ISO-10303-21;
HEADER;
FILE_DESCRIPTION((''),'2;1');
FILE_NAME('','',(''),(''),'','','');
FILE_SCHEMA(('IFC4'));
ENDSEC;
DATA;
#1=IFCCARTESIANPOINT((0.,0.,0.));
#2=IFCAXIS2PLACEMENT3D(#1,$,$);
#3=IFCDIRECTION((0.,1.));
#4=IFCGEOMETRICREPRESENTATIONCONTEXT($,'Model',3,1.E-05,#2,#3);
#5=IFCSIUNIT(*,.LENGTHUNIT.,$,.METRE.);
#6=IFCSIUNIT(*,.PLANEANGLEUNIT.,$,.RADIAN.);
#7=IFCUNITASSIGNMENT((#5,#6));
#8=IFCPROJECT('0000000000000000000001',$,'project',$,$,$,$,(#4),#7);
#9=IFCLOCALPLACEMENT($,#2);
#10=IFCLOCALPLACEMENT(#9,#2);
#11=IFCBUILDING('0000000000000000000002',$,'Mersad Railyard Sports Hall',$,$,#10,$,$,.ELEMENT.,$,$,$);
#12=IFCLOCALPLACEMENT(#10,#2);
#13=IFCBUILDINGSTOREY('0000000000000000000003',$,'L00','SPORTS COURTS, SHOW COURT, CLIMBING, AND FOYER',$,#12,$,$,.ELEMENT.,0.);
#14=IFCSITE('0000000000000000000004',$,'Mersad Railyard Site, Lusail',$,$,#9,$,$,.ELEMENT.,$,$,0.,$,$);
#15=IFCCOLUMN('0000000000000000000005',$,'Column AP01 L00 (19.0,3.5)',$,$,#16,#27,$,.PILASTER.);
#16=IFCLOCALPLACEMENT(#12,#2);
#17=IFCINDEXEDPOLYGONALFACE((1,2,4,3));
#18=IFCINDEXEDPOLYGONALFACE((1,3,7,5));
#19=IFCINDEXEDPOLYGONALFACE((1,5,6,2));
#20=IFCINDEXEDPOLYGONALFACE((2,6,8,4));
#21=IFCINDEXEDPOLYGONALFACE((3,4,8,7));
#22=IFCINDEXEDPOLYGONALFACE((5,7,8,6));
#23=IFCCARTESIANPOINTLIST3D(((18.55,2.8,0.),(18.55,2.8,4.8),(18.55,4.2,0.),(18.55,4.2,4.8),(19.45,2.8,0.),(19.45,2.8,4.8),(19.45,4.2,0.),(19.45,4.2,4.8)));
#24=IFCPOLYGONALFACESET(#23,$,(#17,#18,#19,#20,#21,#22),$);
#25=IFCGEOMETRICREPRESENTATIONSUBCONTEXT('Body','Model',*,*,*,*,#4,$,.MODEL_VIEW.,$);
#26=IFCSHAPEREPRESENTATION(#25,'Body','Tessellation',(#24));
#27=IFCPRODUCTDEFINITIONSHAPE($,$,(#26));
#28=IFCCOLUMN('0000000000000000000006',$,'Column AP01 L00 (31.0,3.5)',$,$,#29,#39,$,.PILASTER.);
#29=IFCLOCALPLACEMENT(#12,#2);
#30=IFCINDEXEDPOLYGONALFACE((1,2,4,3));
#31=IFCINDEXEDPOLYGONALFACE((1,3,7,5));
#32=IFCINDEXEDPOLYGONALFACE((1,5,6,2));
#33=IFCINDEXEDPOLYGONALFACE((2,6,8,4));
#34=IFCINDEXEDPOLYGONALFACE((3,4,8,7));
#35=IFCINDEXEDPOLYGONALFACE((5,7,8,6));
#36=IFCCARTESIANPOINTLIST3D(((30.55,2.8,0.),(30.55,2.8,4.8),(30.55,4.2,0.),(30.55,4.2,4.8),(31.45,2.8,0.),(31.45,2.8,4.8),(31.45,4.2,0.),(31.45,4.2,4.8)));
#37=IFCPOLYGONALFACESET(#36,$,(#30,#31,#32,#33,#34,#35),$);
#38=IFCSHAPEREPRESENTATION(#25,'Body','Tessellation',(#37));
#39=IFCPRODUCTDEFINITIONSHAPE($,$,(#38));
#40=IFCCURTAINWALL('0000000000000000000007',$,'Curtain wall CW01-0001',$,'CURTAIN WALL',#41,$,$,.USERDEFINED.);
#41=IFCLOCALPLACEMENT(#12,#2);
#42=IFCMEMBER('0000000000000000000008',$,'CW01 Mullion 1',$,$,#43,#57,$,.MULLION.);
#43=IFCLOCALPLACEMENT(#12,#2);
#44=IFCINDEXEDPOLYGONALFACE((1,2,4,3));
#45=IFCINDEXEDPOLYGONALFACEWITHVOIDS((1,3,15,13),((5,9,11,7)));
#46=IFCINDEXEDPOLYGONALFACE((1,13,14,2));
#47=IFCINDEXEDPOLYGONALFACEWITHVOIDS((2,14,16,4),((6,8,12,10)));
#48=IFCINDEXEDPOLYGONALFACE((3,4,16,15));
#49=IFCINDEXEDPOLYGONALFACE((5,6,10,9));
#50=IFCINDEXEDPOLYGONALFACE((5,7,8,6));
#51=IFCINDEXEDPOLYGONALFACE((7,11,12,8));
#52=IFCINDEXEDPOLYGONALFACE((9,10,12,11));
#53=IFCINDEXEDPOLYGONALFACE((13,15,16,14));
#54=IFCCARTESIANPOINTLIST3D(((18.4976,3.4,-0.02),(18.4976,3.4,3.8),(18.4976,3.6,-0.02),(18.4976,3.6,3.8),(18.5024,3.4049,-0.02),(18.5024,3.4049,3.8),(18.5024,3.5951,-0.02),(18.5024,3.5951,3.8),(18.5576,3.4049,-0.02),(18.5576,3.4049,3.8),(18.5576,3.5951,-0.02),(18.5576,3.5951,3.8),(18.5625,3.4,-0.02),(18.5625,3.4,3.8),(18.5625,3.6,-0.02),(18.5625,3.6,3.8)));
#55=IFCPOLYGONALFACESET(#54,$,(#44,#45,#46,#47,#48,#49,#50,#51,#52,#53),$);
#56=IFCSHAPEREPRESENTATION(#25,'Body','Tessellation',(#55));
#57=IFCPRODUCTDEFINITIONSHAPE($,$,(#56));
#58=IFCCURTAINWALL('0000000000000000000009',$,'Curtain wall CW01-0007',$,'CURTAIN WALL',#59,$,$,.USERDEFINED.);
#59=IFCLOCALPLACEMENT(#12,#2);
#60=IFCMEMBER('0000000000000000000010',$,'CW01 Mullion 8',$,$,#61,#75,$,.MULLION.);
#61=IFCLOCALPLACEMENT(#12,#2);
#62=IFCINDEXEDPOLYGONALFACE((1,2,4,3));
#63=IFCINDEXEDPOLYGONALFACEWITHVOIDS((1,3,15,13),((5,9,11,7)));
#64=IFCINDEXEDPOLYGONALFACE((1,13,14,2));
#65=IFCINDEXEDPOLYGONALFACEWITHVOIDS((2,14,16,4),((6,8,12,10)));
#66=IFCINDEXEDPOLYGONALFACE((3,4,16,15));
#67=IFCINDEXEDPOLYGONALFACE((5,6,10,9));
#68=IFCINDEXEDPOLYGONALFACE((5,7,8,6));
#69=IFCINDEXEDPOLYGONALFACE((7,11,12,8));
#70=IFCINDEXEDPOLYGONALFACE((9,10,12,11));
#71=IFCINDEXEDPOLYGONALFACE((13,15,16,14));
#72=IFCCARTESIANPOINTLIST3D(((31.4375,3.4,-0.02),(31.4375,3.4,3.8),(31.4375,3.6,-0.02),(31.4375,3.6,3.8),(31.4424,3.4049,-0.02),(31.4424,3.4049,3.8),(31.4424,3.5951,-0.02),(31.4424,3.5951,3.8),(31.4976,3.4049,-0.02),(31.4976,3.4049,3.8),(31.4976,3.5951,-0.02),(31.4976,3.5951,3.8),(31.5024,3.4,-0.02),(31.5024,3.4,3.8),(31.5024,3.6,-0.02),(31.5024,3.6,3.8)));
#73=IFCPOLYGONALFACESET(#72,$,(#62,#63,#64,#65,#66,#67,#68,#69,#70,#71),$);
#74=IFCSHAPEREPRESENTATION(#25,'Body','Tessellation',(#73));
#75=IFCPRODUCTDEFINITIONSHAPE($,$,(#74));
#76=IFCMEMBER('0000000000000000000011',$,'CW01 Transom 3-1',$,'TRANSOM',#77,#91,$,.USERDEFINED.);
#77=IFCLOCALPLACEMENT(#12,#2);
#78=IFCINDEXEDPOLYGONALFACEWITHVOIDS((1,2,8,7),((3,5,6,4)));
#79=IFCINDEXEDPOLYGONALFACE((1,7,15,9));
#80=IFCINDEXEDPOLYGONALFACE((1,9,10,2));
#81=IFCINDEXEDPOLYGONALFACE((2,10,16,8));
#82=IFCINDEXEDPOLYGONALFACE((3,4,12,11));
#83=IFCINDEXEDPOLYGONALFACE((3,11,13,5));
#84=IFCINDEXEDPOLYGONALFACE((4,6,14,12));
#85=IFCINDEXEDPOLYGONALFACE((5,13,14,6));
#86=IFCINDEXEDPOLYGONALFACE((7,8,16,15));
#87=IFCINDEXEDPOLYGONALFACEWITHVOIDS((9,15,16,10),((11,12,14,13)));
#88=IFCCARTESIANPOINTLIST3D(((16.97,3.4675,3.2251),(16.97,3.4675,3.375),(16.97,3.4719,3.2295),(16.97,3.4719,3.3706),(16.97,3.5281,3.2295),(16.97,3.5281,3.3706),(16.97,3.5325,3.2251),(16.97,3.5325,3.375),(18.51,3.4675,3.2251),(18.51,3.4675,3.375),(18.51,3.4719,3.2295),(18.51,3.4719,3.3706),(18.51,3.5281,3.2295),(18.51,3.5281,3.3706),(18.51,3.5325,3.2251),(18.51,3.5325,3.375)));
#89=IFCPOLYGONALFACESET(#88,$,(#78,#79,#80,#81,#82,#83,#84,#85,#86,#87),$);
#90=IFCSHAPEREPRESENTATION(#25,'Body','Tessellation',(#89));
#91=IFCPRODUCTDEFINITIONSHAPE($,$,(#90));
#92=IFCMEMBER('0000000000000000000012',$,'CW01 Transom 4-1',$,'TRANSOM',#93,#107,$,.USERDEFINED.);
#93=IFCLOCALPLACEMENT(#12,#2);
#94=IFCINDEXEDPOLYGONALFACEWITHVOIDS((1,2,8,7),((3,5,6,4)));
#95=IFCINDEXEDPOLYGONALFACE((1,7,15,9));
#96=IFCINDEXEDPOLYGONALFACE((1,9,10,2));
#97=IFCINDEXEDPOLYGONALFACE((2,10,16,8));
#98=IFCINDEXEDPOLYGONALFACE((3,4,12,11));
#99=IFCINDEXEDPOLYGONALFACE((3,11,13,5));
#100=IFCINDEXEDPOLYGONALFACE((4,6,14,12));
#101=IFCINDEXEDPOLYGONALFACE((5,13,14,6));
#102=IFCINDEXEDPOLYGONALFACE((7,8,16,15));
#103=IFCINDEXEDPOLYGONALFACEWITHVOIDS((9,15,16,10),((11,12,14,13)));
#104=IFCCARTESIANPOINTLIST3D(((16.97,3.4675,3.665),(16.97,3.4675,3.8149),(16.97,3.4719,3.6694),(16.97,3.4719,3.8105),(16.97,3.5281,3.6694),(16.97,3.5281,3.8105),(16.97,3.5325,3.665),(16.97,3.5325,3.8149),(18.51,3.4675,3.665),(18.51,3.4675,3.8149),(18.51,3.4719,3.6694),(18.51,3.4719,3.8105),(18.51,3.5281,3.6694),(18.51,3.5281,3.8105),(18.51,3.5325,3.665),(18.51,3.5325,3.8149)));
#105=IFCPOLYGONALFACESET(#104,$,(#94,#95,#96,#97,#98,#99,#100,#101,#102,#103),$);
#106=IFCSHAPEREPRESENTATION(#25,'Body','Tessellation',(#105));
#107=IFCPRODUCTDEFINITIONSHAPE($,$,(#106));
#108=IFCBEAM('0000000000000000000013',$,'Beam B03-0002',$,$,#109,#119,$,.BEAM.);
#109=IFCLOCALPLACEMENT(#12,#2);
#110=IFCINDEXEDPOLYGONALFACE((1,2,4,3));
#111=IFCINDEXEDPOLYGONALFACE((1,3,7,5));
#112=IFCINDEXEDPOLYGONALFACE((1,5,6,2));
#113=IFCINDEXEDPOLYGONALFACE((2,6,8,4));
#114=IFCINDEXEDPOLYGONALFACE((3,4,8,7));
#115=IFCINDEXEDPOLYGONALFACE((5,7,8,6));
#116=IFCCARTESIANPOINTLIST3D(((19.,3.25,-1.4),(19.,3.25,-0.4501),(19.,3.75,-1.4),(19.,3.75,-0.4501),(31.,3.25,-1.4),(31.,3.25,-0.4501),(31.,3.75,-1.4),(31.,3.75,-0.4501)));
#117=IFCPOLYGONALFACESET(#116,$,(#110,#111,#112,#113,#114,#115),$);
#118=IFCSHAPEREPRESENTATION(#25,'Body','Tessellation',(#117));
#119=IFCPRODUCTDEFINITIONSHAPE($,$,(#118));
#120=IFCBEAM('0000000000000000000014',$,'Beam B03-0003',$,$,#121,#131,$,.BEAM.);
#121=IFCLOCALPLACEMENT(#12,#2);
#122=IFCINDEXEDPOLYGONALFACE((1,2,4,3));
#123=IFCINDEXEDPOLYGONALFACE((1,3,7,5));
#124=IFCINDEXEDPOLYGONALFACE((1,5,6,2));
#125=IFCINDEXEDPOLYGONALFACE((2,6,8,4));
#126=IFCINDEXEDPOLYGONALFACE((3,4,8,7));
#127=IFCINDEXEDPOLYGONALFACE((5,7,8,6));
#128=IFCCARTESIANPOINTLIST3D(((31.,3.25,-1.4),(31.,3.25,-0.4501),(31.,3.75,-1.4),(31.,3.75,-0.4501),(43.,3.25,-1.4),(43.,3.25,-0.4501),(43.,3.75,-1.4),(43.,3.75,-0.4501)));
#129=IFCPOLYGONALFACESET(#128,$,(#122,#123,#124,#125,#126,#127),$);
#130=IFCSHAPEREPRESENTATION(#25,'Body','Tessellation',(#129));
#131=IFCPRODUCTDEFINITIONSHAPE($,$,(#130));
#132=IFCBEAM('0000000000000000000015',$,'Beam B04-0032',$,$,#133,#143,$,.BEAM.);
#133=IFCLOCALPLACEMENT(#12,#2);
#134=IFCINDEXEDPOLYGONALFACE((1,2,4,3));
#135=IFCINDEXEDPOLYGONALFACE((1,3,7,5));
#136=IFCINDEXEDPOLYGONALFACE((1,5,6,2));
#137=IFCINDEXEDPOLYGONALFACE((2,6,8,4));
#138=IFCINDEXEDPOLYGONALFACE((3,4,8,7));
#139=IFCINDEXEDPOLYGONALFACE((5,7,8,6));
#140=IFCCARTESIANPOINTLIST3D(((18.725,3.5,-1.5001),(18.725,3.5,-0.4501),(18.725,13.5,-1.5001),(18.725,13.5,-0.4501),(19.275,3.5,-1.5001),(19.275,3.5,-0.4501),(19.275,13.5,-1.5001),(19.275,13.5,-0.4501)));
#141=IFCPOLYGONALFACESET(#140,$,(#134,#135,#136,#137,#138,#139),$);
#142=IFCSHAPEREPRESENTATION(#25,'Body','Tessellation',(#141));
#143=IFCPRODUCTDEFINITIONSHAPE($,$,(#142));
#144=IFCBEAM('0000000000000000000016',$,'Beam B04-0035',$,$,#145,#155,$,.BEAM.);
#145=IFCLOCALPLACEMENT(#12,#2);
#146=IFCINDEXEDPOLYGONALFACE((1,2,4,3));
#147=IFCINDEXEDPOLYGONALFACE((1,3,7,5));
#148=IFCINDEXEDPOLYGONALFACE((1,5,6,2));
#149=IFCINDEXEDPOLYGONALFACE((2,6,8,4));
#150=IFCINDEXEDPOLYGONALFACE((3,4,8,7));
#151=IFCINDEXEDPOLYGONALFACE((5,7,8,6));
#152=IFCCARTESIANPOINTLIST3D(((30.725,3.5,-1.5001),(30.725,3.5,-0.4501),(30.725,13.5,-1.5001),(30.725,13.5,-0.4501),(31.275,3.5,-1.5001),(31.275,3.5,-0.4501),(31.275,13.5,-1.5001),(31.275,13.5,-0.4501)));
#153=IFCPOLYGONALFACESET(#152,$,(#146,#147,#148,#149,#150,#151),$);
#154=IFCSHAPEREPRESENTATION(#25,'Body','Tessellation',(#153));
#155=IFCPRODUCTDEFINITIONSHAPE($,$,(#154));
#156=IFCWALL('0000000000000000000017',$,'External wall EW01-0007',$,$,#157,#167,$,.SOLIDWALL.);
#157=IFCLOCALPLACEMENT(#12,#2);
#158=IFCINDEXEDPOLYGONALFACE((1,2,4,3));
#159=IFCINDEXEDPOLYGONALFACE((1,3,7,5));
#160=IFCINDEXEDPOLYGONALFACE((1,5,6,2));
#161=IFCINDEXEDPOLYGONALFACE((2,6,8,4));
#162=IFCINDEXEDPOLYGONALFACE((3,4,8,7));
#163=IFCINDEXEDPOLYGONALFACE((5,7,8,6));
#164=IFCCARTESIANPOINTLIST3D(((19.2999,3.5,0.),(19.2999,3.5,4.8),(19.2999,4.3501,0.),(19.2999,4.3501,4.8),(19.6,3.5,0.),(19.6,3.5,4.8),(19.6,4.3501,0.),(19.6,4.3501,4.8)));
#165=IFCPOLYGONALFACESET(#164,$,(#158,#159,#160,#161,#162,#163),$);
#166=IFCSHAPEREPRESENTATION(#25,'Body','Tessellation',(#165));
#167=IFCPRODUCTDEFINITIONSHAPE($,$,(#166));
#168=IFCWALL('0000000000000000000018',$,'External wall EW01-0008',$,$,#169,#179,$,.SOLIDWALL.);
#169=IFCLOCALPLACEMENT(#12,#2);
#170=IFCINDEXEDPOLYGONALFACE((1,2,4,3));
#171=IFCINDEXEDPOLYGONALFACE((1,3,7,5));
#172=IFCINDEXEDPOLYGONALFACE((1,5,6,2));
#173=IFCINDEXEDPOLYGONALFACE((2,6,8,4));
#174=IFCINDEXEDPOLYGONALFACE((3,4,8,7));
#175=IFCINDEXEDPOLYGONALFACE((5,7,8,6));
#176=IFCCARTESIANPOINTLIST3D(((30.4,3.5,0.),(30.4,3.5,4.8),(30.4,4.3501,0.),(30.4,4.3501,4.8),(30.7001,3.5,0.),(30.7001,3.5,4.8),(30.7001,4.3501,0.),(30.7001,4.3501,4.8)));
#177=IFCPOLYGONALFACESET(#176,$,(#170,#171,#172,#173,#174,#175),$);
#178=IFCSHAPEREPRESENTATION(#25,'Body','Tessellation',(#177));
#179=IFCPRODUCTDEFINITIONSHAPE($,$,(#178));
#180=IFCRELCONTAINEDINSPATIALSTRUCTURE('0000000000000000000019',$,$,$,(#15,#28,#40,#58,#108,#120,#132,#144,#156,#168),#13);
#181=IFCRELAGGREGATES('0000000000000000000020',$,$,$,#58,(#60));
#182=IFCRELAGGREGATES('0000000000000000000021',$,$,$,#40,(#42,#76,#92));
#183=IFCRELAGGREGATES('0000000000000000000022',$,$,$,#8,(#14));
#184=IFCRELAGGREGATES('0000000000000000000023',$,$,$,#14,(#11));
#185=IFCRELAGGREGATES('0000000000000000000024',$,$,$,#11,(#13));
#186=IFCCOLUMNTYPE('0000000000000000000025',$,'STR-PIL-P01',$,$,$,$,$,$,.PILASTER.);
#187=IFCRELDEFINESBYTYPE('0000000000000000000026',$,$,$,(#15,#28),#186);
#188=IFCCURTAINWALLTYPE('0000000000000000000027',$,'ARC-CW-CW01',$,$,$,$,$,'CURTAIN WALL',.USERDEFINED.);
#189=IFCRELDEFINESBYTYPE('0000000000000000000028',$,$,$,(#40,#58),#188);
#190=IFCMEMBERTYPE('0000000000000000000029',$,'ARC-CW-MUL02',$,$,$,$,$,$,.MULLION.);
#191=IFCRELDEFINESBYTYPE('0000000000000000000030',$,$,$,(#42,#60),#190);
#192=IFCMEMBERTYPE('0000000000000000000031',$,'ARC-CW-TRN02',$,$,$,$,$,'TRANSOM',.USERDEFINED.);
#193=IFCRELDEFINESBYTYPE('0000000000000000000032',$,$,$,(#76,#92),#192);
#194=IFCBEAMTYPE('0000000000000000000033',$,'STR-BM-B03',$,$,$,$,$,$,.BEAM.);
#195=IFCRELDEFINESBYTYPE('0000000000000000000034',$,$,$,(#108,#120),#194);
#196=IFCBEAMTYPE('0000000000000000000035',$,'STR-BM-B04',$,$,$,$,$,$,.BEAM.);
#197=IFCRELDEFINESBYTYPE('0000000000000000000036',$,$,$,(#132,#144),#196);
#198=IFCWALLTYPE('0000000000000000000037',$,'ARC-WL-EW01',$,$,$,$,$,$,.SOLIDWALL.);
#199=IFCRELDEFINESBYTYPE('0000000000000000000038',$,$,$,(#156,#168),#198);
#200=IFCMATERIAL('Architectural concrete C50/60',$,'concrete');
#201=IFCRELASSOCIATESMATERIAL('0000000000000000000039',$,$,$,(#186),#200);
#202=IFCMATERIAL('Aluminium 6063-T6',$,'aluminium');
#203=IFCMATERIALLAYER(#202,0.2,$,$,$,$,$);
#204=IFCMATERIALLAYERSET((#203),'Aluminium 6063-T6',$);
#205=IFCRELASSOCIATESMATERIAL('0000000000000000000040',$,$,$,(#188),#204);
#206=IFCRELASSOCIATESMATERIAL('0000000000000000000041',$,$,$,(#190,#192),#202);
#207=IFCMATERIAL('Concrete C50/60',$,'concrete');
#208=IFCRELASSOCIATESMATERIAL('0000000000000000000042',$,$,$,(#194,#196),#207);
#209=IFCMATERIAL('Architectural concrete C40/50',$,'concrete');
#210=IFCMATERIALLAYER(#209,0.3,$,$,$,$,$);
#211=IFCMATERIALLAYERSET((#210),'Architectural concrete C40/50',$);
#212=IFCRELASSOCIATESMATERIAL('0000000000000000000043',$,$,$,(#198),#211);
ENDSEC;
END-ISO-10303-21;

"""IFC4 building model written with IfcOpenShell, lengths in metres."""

from ifc_helpers import new_model, si_unit, direction, frame, frame_2d, origin, origin_2d, place, context, subcontext, project, spatial, rectangle, hollow_rectangle, extrude, material, layer, layer_set, material_profile, profile_set, type_object, element, aggregate, save


model = new_model("IFC4")

# Units and contexts
model_context = context("Model", 3, precision=1e-05, world=origin(), true_north=direction((0.0, 1.0)))
body_context = subcontext(model_context, "Body", "Model", "MODEL_VIEW")
ifc_project = project(units=[si_unit("LENGTHUNIT", "METRE"), si_unit("PLANEANGLEUNIT", "RADIAN")], contexts=[model_context])

# Site, building, storey
site_placement = place(None, origin())
site = spatial("IfcSite", under=ifc_project, at=site_placement, Name="Mersad Railyard Site, Lusail", CompositionType="ELEMENT", RefElevation=0.0)
building_placement = place(site_placement, origin())
building = spatial("IfcBuilding", under=site, at=building_placement, Name="Mersad Railyard Sports Hall", CompositionType="ELEMENT")
storey_placement = place(building_placement, origin())
storey = spatial("IfcBuildingStorey", under=building, at=storey_placement, Name="L00", Description="SPORTS COURTS, SHOW COURT, CLIMBING, AND FOYER", CompositionType="ELEMENT", Elevation=0.0)

# Columns
ifc_material_1 = material(Name="Architectural concrete C50/60", Category="concrete")
ifc_material_profile_1 = material_profile(ifc_material_1, rectangle(XDim=0.8999, YDim=1.3999, at=origin_2d()), Name="RC 900x1400")
ifc_profile_set_1 = profile_set([ifc_material_profile_1], Name="Architectural concrete C50/60")
column_type = type_object("IfcColumnType", Name="STR-PIL-P01", PredefinedType="PILASTER", material=ifc_profile_set_1)
for number, where, z_axis, x_axis, name in (
    (1, (19.0, 3.5, 0.0), (0.0, 0.0, 1.0), (1.0, 0.0, 0.0), "Column AP01 L00 (19.0,3.5)"),
    (2, (31.0, 3.5, 0.0), (0.0, 0.0, 1.0), (1.0, 0.0, 0.0), "Column AP01 L00 (31.0,3.5)"),
):
    element("IfcColumn", number, at=place(storey_placement, frame(where, z_axis=z_axis, x_axis=x_axis)), inside=storey, type_object=column_type, Name=name, PredefinedType="PILASTER", context=body_context, shape_type="SweptSolid", body=[
        extrude(rectangle(XDim=0.8999, YDim=1.3999, at=origin_2d()), origin(), (0.0, 0.0, 1.0), 4.8),
    ])

# Curtain walls, members
ifc_material_2 = material(Name="Aluminium 6063-T6", Category="aluminium")
ifc_layer_1 = layer(ifc_material_2, 0.2)
ifc_layer_set_1 = layer_set([ifc_layer_1], Name="Aluminium 6063-T6")
curtain_wall_type = type_object("IfcCurtainWallType", Name="ARC-CW-CW01", ElementType="CURTAIN WALL", PredefinedType="USERDEFINED", material=ifc_layer_set_1)
curtain_wall_1_placement = place(storey_placement, origin())
curtain_wall_1 = element("IfcCurtainWall", 3, at=curtain_wall_1_placement, inside=storey, type_object=curtain_wall_type, Name="Curtain wall CW01-0001", ObjectType="CURTAIN WALL", PredefinedType="USERDEFINED")
ifc_material_profile_2 = material_profile(ifc_material_2, hollow_rectangle(XDim=0.0649, YDim=0.2, WallThickness=0.0049, at=origin_2d()), Name="AL MULLION 65x200x5")
ifc_profile_set_2 = profile_set([ifc_material_profile_2], Name="Aluminium 6063-T6")
member_type_1 = type_object("IfcMemberType", Name="ARC-CW-MUL02", PredefinedType="MULLION", material=ifc_profile_set_2)
member_1_placement = place(storey_placement, frame((18.53, 3.5, -0.02), z_axis=(0.0, 0.0, 1.0), x_axis=(1.0, 0.0, 0.0)))
member_1 = element("IfcMember", 4, at=member_1_placement, type_object=member_type_1, Name="CW01 Mullion 1", PredefinedType="MULLION", context=body_context, shape_type="SweptSolid", body=[
    extrude(hollow_rectangle(XDim=0.0649, YDim=0.2, WallThickness=0.0049, at=origin_2d()), origin(), (0.0, 0.0, 1.0), 3.8201),
])
curtain_wall_2_placement = place(storey_placement, origin())
curtain_wall_2 = element("IfcCurtainWall", 5, at=curtain_wall_2_placement, inside=storey, type_object=curtain_wall_type, Name="Curtain wall CW01-0007", ObjectType="CURTAIN WALL", PredefinedType="USERDEFINED")
member_2_placement = place(storey_placement, frame((31.47, 3.5, -0.02), z_axis=(0.0, 0.0, 1.0), x_axis=(1.0, 0.0, 0.0)))
member_2 = element("IfcMember", 6, at=member_2_placement, type_object=member_type_1, Name="CW01 Mullion 8", PredefinedType="MULLION", context=body_context, shape_type="SweptSolid", body=[
    extrude(hollow_rectangle(XDim=0.0649, YDim=0.2, WallThickness=0.0049, at=origin_2d()), origin(), (0.0, 0.0, 1.0), 3.8201),
])
aggregate(curtain_wall_2, [member_2])

# Members
ifc_material_profile_3 = material_profile(ifc_material_2, hollow_rectangle(XDim=0.0649, YDim=0.1499, WallThickness=0.0044, at=origin_2d()), Name="AL TRANSOM 65x150x4.5")
ifc_profile_set_3 = profile_set([ifc_material_profile_3], Name="Aluminium 6063-T6")
member_type_2 = type_object("IfcMemberType", Name="ARC-CW-TRN02", ElementType="TRANSOM", PredefinedType="USERDEFINED", material=ifc_profile_set_3)
member_3_placement = place(storey_placement, frame((18.51, 3.5, 3.3), z_axis=(-1.0, 0.0, 0.0), x_axis=(0.0, -1.0, 0.0)))
member_3 = element("IfcMember", 7, at=member_3_placement, type_object=member_type_2, Name="CW01 Transom 3-1", ObjectType="TRANSOM", PredefinedType="USERDEFINED", context=body_context, shape_type="SweptSolid", body=[
    extrude(hollow_rectangle(XDim=0.0649, YDim=0.1499, WallThickness=0.0044, at=origin_2d()), origin(), (0.0, 0.0, 1.0), 1.54),
])
member_4_placement = place(storey_placement, frame((18.51, 3.5, 3.74), z_axis=(-1.0, 0.0, 0.0), x_axis=(0.0, -1.0, 0.0)))
member_4 = element("IfcMember", 8, at=member_4_placement, type_object=member_type_2, Name="CW01 Transom 4-1", ObjectType="TRANSOM", PredefinedType="USERDEFINED", context=body_context, shape_type="SweptSolid", body=[
    extrude(hollow_rectangle(XDim=0.0649, YDim=0.1499, WallThickness=0.0044, at=origin_2d()), origin(), (0.0, 0.0, 1.0), 1.54),
])
aggregate(curtain_wall_1, [member_1, member_3, member_4])

# Beams
ifc_material_3 = material(Name="Concrete C50/60", Category="concrete")
ifc_material_profile_4 = material_profile(ifc_material_3, rectangle(XDim=0.5, YDim=0.95, at=origin_2d()), Name="RC 500x950")
ifc_profile_set_4 = profile_set([ifc_material_profile_4], Name="Concrete C50/60")
beam_type_1 = type_object("IfcBeamType", Name="STR-BM-B03", PredefinedType="BEAM", material=ifc_profile_set_4)
for number, where, z_axis, x_axis, name in (
    (9, (19.0, 3.5, -0.925), (1.0, 0.0, 0.0), (0.0, 1.0, 0.0), "Beam B03-0002"),
    (10, (31.0, 3.5, -0.925), (1.0, 0.0, 0.0), (0.0, 1.0, 0.0), "Beam B03-0003"),
):
    element("IfcBeam", number, at=place(storey_placement, frame(where, z_axis=z_axis, x_axis=x_axis)), inside=storey, type_object=beam_type_1, Name=name, PredefinedType="BEAM", context=body_context, shape_type="SweptSolid", body=[
        extrude(rectangle(XDim=0.5, YDim=0.95, at=origin_2d()), origin(), (0.0, 0.0, 1.0), 12.0),
    ])
ifc_material_profile_5 = material_profile(ifc_material_3, rectangle(XDim=0.55, YDim=1.05, at=origin_2d()), Name="RC 550x1050")
ifc_profile_set_5 = profile_set([ifc_material_profile_5], Name="Concrete C50/60")
beam_type_2 = type_object("IfcBeamType", Name="STR-BM-B04", PredefinedType="BEAM", material=ifc_profile_set_5)
for number, where, z_axis, x_axis, name in (
    (11, (19.0, 3.5, -0.9751), (0.0, 1.0, 0.0), (-1.0, 0.0, 0.0), "Beam B04-0032"),
    (12, (31.0, 3.5, -0.9751), (0.0, 1.0, 0.0), (-1.0, 0.0, 0.0), "Beam B04-0035"),
):
    element("IfcBeam", number, at=place(storey_placement, frame(where, z_axis=z_axis, x_axis=x_axis)), inside=storey, type_object=beam_type_2, Name=name, PredefinedType="BEAM", context=body_context, shape_type="SweptSolid", body=[
        extrude(rectangle(XDim=0.55, YDim=1.05, at=origin_2d()), origin(), (0.0, 0.0, 1.0), 10.0),
    ])

# Walls
ifc_material_4 = material(Name="Architectural concrete C40/50", Category="concrete")
ifc_layer_2 = layer(ifc_material_4, 0.3)
ifc_layer_set_2 = layer_set([ifc_layer_2], Name="Architectural concrete C40/50")
wall_type_1 = type_object("IfcWallType", Name="ARC-WL-EW01", PredefinedType="SOLIDWALL", material=ifc_layer_set_2)
for number, where, z_axis, x_axis, name in (
    (13, (19.45, 3.5, 0.0), (0.0, 0.0, 1.0), (0.0, 1.0, 0.0), "External wall EW01-0007"),
    (14, (30.55, 4.3501, 0.0), (0.0, 0.0, 1.0), (0.0, -1.0, 0.0), "External wall EW01-0008"),
):
    element("IfcWall", number, at=place(storey_placement, frame(where, z_axis=z_axis, x_axis=x_axis)), inside=storey, type_object=wall_type_1, Name=name, PredefinedType="SOLIDWALL", context=body_context, shape_type="SweptSolid", body=[
        extrude(rectangle(XDim=0.8501, YDim=0.3, at=frame_2d((0.425, 0.0))), origin(), (0.0, 0.0, 1.0), 4.8),
    ])

save(model, "model.ifc")
